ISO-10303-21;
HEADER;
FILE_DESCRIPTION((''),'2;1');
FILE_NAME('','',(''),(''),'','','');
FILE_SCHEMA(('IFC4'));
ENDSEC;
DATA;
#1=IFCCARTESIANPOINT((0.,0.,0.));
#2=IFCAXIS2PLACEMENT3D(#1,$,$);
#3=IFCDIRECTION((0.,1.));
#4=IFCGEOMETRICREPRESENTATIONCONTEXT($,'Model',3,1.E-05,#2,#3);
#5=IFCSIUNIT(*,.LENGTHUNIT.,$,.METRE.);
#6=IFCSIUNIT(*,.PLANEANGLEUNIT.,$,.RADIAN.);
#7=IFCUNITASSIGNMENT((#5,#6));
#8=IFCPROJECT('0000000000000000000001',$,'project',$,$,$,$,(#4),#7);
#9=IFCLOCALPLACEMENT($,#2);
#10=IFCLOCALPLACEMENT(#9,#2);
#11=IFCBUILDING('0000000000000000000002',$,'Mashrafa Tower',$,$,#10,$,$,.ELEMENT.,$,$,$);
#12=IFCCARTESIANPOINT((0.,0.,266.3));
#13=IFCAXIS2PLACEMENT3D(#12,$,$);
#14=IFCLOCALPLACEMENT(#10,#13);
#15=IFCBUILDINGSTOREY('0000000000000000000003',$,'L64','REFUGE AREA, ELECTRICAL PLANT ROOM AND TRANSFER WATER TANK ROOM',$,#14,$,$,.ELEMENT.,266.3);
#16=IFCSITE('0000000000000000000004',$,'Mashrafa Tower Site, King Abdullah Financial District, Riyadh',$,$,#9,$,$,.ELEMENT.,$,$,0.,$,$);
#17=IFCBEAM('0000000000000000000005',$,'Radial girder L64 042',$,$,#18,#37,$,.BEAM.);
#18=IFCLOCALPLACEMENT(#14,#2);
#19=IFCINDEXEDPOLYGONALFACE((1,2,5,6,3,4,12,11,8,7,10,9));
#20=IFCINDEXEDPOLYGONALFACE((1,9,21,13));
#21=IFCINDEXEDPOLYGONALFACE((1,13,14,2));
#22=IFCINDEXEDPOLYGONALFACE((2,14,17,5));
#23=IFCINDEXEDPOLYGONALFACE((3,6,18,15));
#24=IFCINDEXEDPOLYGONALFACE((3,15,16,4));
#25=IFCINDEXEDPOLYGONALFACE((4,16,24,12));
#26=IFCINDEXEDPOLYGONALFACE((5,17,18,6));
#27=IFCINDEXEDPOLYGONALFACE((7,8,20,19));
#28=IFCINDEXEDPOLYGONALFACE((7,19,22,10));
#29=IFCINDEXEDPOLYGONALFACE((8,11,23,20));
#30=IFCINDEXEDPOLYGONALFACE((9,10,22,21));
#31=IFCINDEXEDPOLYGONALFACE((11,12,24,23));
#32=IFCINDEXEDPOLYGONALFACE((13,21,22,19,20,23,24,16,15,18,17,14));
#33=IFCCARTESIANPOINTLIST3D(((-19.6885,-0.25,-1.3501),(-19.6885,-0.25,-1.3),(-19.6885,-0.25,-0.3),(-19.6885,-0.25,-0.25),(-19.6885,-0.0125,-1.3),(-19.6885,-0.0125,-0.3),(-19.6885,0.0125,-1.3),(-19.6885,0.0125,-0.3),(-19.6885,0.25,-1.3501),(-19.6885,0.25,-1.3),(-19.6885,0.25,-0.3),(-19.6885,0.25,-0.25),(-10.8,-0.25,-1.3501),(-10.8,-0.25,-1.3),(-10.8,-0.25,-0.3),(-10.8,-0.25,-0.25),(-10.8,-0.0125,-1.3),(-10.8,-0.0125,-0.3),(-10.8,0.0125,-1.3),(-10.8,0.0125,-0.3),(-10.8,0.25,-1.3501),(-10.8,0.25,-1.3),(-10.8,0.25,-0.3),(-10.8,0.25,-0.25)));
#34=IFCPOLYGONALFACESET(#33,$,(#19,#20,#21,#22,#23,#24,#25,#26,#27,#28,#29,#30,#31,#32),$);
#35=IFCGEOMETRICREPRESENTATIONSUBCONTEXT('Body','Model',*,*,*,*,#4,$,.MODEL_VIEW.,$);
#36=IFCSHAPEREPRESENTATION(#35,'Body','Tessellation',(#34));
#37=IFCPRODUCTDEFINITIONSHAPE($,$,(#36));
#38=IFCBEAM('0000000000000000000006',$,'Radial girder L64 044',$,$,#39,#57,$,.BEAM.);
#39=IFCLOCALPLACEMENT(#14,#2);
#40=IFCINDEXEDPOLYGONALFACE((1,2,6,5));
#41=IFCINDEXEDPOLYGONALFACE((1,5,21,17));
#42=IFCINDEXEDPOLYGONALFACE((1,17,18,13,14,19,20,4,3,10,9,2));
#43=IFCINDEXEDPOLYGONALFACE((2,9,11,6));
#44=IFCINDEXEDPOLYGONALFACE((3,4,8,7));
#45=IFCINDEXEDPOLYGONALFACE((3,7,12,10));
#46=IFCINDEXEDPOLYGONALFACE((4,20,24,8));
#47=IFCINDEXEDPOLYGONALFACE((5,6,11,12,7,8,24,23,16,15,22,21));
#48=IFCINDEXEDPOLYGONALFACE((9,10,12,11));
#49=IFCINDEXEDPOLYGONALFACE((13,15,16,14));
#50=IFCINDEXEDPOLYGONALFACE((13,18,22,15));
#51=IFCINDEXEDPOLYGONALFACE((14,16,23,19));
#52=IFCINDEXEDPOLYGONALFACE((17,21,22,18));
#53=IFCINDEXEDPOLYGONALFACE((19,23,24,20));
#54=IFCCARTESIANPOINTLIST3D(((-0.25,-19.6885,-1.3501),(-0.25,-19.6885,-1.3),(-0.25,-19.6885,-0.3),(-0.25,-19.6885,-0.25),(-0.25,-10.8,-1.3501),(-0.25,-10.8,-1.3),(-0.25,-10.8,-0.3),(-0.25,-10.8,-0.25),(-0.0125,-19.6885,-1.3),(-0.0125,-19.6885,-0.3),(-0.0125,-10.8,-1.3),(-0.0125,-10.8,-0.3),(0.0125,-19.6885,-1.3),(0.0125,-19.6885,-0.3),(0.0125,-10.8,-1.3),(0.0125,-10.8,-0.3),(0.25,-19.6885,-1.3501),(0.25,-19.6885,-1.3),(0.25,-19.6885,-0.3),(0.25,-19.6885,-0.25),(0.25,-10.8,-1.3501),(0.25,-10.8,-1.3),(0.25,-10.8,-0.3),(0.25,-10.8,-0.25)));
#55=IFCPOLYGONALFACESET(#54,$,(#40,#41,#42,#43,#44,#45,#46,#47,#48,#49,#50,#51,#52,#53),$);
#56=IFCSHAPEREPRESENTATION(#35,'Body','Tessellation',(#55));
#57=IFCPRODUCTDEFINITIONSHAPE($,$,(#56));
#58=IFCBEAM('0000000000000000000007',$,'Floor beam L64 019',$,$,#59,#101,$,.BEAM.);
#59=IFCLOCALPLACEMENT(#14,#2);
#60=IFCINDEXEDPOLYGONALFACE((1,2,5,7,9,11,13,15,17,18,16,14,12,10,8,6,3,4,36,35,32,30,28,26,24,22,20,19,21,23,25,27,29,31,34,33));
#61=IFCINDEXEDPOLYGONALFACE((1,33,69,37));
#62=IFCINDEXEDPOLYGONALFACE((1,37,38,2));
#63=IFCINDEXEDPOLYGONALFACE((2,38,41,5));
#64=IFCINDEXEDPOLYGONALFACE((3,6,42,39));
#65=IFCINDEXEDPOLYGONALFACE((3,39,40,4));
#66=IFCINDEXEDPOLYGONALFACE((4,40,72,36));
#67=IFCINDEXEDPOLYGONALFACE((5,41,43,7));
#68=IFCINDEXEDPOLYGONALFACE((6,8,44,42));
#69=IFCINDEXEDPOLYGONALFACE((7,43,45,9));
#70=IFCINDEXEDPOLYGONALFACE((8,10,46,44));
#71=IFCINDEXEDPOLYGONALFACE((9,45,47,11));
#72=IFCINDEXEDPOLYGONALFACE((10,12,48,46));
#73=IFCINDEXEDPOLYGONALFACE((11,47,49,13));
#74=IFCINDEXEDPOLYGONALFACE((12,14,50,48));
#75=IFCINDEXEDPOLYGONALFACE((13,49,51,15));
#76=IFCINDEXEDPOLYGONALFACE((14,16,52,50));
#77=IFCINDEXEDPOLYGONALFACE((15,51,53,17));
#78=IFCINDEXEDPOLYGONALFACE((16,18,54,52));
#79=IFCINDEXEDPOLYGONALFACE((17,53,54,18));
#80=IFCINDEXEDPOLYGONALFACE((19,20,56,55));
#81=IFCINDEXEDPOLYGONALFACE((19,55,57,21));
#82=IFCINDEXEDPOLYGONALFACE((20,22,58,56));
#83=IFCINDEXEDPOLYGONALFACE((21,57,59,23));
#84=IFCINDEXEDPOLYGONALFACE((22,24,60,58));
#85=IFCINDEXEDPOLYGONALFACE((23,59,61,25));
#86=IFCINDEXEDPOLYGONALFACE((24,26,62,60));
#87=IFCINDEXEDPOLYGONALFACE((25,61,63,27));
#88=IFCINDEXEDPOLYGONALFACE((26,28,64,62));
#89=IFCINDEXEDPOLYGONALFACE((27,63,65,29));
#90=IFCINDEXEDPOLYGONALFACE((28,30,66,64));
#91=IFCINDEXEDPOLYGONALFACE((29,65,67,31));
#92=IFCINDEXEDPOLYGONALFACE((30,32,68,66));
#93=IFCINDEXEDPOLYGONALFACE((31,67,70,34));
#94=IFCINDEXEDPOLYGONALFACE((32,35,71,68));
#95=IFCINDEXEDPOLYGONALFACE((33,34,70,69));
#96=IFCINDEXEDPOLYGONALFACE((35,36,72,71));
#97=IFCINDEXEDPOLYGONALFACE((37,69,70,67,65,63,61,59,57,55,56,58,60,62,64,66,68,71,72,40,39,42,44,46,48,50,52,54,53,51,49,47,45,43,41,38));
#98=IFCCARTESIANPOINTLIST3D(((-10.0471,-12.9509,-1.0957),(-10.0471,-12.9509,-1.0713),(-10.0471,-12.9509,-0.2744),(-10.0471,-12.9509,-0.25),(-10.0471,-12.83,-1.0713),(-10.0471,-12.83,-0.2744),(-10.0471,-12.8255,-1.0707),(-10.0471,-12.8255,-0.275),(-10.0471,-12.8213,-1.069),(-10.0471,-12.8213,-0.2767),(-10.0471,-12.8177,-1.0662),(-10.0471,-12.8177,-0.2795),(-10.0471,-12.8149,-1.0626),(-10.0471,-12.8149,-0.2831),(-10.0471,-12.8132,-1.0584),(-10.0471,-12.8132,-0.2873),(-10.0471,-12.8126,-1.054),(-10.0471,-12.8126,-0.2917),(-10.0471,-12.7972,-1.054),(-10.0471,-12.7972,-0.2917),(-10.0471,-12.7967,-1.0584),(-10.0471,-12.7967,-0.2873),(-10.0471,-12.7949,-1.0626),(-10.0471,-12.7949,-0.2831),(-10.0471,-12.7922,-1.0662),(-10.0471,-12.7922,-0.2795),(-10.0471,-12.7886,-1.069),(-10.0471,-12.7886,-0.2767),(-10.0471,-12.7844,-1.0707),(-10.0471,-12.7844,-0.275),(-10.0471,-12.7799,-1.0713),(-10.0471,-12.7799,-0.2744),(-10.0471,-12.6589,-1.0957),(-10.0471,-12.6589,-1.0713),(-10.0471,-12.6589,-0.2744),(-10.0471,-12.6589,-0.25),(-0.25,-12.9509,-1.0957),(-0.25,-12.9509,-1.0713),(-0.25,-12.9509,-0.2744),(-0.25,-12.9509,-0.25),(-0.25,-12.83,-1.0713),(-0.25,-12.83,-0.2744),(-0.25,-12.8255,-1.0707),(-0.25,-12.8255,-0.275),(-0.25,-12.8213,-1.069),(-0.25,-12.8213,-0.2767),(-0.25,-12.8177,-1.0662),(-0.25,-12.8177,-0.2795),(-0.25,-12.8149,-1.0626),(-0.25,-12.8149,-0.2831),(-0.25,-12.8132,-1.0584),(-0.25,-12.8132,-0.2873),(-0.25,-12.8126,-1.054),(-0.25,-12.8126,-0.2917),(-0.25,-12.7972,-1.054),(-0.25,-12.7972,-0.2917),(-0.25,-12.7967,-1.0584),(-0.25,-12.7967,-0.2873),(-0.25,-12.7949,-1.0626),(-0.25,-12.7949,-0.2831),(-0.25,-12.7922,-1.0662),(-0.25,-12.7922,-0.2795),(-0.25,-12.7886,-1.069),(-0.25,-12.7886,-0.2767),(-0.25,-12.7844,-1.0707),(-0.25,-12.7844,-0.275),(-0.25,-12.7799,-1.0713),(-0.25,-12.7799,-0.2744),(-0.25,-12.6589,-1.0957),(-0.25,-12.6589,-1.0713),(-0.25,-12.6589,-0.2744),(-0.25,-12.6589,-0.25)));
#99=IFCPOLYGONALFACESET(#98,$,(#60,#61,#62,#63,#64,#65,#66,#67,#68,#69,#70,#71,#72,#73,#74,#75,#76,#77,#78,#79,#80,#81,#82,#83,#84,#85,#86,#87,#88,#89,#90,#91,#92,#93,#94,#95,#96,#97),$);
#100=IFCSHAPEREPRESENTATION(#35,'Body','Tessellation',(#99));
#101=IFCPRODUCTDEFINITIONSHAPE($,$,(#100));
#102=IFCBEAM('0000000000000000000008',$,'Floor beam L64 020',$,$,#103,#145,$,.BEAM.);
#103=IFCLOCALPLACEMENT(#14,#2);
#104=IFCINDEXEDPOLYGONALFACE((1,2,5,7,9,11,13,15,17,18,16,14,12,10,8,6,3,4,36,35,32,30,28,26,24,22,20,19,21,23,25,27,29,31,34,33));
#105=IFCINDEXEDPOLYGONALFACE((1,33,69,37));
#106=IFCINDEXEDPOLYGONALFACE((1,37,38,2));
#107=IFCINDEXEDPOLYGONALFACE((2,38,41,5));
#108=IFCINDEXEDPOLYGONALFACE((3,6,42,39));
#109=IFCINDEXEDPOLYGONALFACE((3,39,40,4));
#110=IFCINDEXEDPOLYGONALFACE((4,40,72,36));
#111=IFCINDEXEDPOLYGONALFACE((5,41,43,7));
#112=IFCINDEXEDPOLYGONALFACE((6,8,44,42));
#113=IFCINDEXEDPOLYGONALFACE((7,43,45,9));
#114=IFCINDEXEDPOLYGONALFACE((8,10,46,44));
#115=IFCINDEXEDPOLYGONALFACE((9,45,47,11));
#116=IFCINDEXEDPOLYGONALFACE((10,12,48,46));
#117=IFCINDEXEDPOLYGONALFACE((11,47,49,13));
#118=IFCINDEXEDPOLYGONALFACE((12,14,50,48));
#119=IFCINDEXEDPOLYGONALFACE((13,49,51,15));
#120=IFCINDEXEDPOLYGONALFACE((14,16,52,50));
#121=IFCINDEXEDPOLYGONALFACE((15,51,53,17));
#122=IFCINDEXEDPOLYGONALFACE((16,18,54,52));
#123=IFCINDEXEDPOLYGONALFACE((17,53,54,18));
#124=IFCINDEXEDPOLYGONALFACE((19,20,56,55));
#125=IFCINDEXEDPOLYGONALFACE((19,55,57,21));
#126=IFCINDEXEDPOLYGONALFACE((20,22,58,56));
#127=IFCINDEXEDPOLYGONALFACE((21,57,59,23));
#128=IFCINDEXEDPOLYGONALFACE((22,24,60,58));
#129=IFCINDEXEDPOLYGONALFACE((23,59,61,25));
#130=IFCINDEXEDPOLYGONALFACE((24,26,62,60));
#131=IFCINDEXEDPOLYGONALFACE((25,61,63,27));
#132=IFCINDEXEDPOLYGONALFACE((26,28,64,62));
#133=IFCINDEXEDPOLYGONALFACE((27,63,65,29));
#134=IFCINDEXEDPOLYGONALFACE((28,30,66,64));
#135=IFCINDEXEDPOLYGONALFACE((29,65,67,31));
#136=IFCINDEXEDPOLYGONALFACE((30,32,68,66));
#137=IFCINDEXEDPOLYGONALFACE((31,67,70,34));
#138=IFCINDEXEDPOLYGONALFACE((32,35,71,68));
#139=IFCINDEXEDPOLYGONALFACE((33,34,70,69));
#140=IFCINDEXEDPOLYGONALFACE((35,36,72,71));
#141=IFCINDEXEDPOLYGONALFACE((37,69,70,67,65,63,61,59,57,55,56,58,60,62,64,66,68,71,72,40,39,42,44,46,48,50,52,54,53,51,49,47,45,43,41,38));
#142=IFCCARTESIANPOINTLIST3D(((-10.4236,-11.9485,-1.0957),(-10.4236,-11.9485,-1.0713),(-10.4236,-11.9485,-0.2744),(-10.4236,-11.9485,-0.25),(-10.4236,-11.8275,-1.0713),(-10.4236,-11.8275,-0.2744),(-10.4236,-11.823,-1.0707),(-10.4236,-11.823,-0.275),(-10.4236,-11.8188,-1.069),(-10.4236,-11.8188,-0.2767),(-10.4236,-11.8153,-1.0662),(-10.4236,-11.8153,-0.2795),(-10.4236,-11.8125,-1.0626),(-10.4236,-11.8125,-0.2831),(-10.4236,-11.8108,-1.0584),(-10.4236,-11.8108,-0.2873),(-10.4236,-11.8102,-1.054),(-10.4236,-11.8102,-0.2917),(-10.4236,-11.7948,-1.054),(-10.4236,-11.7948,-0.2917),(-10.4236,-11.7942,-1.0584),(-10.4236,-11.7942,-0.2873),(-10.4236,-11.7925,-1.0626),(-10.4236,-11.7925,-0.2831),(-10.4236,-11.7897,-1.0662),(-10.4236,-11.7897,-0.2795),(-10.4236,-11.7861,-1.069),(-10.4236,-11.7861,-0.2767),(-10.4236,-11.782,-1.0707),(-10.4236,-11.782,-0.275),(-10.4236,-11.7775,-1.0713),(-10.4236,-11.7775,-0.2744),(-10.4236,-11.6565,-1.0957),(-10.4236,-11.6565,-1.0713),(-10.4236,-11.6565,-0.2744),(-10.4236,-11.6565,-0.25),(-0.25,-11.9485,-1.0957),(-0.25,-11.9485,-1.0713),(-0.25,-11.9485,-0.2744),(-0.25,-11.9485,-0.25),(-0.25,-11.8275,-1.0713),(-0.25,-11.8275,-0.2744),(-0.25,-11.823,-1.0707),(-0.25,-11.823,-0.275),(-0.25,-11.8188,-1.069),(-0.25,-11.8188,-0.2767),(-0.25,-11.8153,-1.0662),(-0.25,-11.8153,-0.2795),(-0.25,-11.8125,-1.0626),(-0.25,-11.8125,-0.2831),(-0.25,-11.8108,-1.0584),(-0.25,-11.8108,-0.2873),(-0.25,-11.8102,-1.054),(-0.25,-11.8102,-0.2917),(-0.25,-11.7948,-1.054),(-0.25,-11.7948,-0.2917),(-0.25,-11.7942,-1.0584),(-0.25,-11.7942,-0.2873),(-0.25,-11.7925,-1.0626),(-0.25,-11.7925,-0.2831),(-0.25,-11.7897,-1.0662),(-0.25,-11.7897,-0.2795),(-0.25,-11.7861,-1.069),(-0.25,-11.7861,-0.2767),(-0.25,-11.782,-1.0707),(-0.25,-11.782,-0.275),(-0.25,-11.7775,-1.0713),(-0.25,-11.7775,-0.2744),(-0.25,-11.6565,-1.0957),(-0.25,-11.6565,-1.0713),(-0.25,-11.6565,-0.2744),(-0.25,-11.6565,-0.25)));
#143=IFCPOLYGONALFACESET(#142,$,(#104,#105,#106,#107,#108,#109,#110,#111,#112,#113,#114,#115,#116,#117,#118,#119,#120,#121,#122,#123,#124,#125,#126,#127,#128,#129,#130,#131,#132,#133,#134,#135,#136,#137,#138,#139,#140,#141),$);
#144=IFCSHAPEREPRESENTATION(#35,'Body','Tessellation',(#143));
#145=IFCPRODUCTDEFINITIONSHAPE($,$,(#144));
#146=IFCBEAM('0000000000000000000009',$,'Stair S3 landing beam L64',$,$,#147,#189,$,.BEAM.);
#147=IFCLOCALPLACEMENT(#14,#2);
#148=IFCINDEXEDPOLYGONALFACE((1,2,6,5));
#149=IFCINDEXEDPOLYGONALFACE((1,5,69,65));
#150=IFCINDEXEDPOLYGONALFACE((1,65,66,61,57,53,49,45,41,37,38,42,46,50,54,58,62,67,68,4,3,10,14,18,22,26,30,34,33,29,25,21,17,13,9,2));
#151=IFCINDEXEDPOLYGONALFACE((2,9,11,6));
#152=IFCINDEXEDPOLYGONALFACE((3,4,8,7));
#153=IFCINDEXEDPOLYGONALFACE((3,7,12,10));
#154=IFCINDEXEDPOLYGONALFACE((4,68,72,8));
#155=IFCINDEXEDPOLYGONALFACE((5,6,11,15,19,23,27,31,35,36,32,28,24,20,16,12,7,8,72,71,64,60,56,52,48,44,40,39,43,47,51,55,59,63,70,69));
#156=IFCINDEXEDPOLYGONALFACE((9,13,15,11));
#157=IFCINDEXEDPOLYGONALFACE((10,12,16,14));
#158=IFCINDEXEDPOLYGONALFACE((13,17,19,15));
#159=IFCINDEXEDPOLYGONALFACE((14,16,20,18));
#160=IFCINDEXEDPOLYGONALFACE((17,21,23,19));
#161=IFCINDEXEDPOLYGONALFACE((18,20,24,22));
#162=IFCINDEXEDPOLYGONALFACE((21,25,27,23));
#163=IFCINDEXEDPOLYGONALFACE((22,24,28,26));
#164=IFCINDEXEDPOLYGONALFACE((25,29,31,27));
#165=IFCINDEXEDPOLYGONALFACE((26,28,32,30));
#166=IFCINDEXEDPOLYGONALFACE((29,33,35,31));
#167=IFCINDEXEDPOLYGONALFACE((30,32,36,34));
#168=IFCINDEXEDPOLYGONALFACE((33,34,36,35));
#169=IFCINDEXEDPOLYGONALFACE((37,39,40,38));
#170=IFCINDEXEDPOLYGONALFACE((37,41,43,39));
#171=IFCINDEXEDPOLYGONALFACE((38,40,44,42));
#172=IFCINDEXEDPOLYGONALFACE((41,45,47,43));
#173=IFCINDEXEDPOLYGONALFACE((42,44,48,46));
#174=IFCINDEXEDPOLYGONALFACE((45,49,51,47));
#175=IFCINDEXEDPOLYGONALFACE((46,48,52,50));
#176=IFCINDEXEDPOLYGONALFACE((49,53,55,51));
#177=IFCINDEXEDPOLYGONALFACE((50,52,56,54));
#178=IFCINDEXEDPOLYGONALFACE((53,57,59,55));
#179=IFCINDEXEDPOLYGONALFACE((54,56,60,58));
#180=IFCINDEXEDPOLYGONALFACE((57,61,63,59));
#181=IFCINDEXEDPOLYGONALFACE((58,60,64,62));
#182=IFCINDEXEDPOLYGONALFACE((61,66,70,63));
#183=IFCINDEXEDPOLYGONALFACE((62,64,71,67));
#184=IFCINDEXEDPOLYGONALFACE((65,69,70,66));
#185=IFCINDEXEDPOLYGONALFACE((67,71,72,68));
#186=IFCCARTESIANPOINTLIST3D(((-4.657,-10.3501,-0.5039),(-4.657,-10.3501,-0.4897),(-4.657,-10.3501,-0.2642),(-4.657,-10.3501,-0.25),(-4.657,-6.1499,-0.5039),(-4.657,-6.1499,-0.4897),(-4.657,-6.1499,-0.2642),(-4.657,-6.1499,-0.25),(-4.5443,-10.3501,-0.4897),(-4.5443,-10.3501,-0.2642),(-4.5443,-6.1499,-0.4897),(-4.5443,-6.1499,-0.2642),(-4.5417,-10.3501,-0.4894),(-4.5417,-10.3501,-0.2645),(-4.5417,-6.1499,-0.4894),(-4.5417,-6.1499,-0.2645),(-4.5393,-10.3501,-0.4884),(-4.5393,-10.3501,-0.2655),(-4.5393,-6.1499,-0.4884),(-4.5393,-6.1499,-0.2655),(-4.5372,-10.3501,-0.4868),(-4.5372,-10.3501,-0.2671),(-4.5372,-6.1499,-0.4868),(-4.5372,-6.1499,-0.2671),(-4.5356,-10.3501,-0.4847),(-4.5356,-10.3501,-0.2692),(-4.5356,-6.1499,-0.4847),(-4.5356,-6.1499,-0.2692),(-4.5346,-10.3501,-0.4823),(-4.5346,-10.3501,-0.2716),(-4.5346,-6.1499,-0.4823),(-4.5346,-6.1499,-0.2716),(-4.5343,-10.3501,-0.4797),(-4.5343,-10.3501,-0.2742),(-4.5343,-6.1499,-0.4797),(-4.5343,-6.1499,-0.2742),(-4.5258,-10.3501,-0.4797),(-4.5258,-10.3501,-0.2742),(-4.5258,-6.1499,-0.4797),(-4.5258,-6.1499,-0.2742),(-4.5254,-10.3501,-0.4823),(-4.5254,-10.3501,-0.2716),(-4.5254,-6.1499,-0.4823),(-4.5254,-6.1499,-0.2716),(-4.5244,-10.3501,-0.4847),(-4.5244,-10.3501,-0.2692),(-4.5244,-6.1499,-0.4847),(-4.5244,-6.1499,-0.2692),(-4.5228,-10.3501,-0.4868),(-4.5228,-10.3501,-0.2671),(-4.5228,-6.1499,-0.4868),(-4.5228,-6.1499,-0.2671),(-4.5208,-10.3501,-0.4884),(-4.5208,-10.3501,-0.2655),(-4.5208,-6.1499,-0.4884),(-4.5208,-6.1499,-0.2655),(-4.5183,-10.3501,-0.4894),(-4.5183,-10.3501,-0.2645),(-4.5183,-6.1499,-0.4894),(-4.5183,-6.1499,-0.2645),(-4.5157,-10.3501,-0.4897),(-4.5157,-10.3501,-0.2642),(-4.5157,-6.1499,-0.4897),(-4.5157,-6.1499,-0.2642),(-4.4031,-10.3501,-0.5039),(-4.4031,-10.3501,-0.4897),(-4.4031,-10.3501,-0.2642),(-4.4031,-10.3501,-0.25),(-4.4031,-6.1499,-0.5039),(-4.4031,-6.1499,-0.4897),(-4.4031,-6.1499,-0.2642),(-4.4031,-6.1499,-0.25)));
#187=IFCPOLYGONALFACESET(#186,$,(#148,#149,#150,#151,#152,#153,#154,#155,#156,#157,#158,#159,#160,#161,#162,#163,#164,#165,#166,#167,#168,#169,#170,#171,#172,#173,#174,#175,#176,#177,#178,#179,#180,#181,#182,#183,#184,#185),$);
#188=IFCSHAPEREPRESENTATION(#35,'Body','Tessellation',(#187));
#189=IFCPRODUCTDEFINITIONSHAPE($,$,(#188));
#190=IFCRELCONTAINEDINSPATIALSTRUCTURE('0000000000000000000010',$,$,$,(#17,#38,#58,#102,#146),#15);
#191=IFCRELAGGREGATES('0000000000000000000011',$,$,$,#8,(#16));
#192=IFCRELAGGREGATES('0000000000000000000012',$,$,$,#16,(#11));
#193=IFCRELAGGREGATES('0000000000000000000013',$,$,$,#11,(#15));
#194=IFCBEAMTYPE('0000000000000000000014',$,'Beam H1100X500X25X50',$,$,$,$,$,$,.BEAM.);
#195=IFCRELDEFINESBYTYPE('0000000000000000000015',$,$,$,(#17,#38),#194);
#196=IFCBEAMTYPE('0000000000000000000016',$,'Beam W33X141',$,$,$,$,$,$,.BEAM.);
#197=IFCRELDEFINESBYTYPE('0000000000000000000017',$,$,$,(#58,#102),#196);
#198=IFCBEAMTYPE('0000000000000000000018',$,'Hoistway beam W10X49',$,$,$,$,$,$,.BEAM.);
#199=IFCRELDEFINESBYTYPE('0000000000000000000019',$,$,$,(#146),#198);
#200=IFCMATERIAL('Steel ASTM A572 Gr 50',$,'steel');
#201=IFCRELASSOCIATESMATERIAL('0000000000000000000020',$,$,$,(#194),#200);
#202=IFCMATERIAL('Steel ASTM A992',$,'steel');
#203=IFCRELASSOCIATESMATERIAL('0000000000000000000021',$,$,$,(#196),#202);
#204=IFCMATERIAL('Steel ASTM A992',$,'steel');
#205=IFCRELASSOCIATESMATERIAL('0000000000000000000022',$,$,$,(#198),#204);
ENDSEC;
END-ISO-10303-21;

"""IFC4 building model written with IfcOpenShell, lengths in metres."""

from ifc_helpers import new_model, si_unit, direction, frame, origin, origin_2d, place, context, subcontext, project, spatial, i_section, extrude, material, material_profile, profile_set, type_object, element, save


model = new_model("IFC4")

# Units and contexts
model_context = context("Model", 3, precision=1e-05, world=origin(), true_north=direction((0.0, 1.0)))
body_context = subcontext(model_context, "Body", "Model", "MODEL_VIEW")
ifc_project = project(units=[si_unit("LENGTHUNIT", "METRE"), si_unit("PLANEANGLEUNIT", "RADIAN")], contexts=[model_context])

# Site, building, storey
site_placement = place(None, origin())
site = spatial("IfcSite", under=ifc_project, at=site_placement, Name="Mashrafa Tower Site, King Abdullah Financial District, Riyadh", CompositionType="ELEMENT", RefElevation=0.0)
building_placement = place(site_placement, origin())
building = spatial("IfcBuilding", under=site, at=building_placement, Name="Mashrafa Tower", CompositionType="ELEMENT")
storey_placement = place(building_placement, frame((0.0, 0.0, 266.3)))
storey = spatial("IfcBuildingStorey", under=building, at=storey_placement, Name="L64", Description="REFUGE AREA, ELECTRICAL PLANT ROOM AND TRANSFER WATER TANK ROOM", CompositionType="ELEMENT", Elevation=266.3)

# Beams
ifc_material_1 = material(Name="Steel ASTM A572 Gr 50", Category="steel")
ifc_material_profile_1 = material_profile(ifc_material_1, i_section(OverallWidth=0.5, OverallDepth=1.1001, WebThickness=0.0249, FlangeThickness=0.05, at=origin_2d()), Name="H1100X500X25X50")
ifc_profile_set_1 = profile_set([ifc_material_profile_1], Name="Steel ASTM A572 Gr 50")
beam_type_1 = type_object("IfcBeamType", Name="Beam H1100X500X25X50", PredefinedType="BEAM", material=ifc_profile_set_1)
for number, where, z_axis, x_axis, name in (
    (1, (-10.8, 0.0, -0.8), (-1.0, 0.0, 0.0), (0.0, -1.0, 0.0), "Radial girder L64 042"),
    (2, (0.0, -10.8, -0.8), (0.0, -1.0, 0.0), (1.0, 0.0, 0.0), "Radial girder L64 044"),
):
    element("IfcBeam", number, at=place(storey_placement, frame(where, z_axis=z_axis, x_axis=x_axis)), inside=storey, type_object=beam_type_1, Name=name, PredefinedType="BEAM", context=body_context, shape_type="SweptSolid", body=[
        extrude(i_section(OverallWidth=0.5, OverallDepth=1.1001, WebThickness=0.0249, FlangeThickness=0.05, at=origin_2d()), origin(), (0.0, 0.0, 1.0), 8.8884),
    ])
ifc_material_2 = material(Name="Steel ASTM A992", Category="steel")
ifc_material_profile_2 = material_profile(ifc_material_2, i_section(OverallWidth=0.292, OverallDepth=0.8457, WebThickness=0.0154, FlangeThickness=0.0244, FilletRadius=0.0173, at=origin_2d()), Name="W33X141")
ifc_profile_set_2 = profile_set([ifc_material_profile_2], Name="Steel ASTM A992")
beam_type_2 = type_object("IfcBeamType", Name="Beam W33X141", PredefinedType="BEAM", material=ifc_profile_set_2)
beam_1_placement = place(storey_placement, frame((-0.25, -12.8049, -0.6729), z_axis=(-1.0, 0.0, 0.0), x_axis=(0.0, -1.0, 0.0)))
element("IfcBeam", 3, at=beam_1_placement, inside=storey, type_object=beam_type_2, Name="Floor beam L64 019", PredefinedType="BEAM", context=body_context, shape_type="SweptSolid", body=[
    extrude(i_section(OverallWidth=0.292, OverallDepth=0.8457, WebThickness=0.0154, FlangeThickness=0.0244, FilletRadius=0.0173, at=origin_2d()), origin(), (0.0, 0.0, 1.0), 9.7971),
])
beam_2_placement = place(storey_placement, frame((-0.25, -11.8025, -0.6729), z_axis=(-1.0, 0.0, 0.0), x_axis=(0.0, -1.0, 0.0)))
element("IfcBeam", 4, at=beam_2_placement, inside=storey, type_object=beam_type_2, Name="Floor beam L64 020", PredefinedType="BEAM", context=body_context, shape_type="SweptSolid", body=[
    extrude(i_section(OverallWidth=0.292, OverallDepth=0.8457, WebThickness=0.0154, FlangeThickness=0.0244, FilletRadius=0.0173, at=origin_2d()), origin(), (0.0, 0.0, 1.0), 10.1736),
])
ifc_material_3 = material(Name="Steel ASTM A992", Category="steel")
ifc_material_profile_3 = material_profile(ifc_material_3, i_section(OverallWidth=0.2539, OverallDepth=0.2539, WebThickness=0.0085, FlangeThickness=0.0142, FilletRadius=0.01, at=origin_2d()), Name="W10X49")
ifc_profile_set_3 = profile_set([ifc_material_profile_3], Name="Steel ASTM A992")
beam_type_3 = type_object("IfcBeamType", Name="Hoistway beam W10X49", PredefinedType="BEAM", material=ifc_profile_set_3)
beam_3_placement = place(storey_placement, frame((-4.53, -10.3501, -0.377), z_axis=(0.0, 1.0, 0.0), x_axis=(-1.0, 0.0, 0.0)))
element("IfcBeam", 5, at=beam_3_placement, inside=storey, type_object=beam_type_3, Name="Stair S3 landing beam L64", PredefinedType="BEAM", context=body_context, shape_type="SweptSolid", body=[
    extrude(i_section(OverallWidth=0.2539, OverallDepth=0.2539, WebThickness=0.0085, FlangeThickness=0.0142, FilletRadius=0.01, at=origin_2d()), origin(), (0.0, 0.0, 1.0), 4.2002),
])

save(model, "model.ifc")
